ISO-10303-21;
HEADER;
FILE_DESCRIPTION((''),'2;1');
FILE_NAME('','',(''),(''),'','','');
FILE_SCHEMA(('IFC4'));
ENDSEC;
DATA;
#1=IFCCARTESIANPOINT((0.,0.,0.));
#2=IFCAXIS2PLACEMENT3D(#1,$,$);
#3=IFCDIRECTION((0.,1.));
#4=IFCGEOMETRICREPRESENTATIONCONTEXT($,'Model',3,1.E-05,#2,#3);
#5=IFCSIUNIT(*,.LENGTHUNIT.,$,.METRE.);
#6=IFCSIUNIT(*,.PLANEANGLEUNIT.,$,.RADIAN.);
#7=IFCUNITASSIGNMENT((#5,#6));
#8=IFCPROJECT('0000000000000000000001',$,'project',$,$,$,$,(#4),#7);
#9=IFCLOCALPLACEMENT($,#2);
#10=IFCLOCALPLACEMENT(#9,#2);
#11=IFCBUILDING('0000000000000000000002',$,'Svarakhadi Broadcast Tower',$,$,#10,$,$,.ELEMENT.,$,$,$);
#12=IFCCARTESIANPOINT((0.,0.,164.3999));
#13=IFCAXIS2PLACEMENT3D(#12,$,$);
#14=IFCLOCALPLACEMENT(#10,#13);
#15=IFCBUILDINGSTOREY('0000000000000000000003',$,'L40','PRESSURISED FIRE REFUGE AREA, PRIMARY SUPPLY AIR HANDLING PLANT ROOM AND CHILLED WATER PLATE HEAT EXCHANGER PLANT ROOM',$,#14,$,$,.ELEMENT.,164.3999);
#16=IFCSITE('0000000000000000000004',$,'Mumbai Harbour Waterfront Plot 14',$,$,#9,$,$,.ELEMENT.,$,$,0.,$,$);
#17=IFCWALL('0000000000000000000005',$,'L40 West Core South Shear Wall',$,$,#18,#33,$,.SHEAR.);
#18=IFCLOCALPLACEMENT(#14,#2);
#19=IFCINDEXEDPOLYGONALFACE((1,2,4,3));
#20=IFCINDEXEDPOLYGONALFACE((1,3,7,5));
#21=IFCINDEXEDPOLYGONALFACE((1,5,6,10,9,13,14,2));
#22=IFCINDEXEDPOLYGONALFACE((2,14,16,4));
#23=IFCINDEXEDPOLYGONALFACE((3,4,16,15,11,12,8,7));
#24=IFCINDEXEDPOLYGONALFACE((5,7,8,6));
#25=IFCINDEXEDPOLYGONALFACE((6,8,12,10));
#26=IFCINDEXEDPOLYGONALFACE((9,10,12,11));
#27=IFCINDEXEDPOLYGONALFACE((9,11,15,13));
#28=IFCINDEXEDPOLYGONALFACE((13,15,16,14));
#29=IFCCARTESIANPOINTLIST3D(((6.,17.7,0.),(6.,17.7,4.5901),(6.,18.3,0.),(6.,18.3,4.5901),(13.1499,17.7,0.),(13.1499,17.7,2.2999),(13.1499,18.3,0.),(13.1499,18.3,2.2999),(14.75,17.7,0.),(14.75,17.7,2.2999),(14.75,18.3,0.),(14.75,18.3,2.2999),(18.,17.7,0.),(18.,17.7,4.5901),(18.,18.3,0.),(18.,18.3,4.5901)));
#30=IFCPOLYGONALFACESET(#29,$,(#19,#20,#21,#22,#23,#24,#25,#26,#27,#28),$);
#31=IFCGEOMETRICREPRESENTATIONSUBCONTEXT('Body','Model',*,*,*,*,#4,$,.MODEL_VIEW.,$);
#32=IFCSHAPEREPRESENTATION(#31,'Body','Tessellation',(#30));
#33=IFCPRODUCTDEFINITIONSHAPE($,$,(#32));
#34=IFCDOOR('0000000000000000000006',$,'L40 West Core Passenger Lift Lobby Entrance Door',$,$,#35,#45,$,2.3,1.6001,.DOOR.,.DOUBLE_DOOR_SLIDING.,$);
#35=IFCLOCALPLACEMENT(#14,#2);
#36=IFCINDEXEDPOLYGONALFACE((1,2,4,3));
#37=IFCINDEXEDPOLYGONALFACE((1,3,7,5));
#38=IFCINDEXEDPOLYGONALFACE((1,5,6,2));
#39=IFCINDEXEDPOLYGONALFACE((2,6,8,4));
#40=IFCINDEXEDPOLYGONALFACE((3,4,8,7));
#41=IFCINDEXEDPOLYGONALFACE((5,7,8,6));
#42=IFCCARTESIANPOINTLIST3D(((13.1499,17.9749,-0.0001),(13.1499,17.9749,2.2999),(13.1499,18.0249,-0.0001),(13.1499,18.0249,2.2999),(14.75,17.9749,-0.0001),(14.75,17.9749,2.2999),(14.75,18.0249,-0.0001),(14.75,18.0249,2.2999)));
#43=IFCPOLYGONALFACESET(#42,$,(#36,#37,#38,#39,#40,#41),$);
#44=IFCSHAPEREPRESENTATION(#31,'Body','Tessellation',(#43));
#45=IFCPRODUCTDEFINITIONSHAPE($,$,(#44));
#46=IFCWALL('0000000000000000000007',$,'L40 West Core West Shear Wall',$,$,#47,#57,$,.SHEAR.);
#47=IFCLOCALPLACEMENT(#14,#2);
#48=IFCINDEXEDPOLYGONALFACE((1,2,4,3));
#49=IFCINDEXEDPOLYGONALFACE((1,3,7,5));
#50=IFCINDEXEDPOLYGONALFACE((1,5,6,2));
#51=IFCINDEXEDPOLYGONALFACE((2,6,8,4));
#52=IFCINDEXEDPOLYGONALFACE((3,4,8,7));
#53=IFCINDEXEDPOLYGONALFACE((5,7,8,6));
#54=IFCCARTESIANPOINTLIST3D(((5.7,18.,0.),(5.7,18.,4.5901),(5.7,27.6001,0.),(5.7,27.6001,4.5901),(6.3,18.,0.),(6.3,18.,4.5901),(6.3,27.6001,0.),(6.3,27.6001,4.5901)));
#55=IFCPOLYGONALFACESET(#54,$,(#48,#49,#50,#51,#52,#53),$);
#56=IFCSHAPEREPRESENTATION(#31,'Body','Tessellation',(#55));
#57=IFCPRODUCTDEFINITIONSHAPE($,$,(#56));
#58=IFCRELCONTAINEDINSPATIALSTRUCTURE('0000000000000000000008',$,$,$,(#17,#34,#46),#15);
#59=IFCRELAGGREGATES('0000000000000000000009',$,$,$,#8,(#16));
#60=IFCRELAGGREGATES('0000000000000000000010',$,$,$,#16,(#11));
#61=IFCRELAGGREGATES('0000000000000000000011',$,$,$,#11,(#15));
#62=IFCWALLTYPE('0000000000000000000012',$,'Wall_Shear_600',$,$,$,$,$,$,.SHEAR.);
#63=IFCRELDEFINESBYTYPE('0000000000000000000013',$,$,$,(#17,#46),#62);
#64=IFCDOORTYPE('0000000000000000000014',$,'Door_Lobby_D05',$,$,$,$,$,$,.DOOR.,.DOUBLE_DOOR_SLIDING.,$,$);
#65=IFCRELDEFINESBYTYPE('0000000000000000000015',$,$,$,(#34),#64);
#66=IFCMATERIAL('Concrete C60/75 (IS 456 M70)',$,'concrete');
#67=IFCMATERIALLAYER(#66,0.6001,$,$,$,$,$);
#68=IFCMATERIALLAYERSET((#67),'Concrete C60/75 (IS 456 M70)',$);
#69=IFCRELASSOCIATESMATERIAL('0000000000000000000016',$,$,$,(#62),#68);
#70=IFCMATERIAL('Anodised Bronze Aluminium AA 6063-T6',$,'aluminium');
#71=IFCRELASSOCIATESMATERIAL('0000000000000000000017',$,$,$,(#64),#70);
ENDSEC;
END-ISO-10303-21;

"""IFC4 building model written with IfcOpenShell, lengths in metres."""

from ifc_helpers import new_model, si_unit, direction, frame, frame_2d, origin, place, context, subcontext, project, spatial, rectangle, extrude, material, layer, layer_set, type_object, element, fill, save


model = new_model("IFC4")

# Units and contexts
model_context = context("Model", 3, precision=1e-05, world=origin(), true_north=direction((0.0, 1.0)))
body_context = subcontext(model_context, "Body", "Model", "MODEL_VIEW")
ifc_project = project(units=[si_unit("LENGTHUNIT", "METRE"), si_unit("PLANEANGLEUNIT", "RADIAN")], contexts=[model_context])

# Site, building, storey
site_placement = place(None, origin())
site = spatial("IfcSite", under=ifc_project, at=site_placement, Name="Mumbai Harbour Waterfront Plot 14", CompositionType="ELEMENT", RefElevation=0.0)
building_placement = place(site_placement, origin())
building = spatial("IfcBuilding", under=site, at=building_placement, Name="Svarakhadi Broadcast Tower", CompositionType="ELEMENT")
storey_placement = place(building_placement, frame((0.0, 0.0, 164.3999)))
storey = spatial("IfcBuildingStorey", under=building, at=storey_placement, Name="L40", Description="PRESSURISED FIRE REFUGE AREA, PRIMARY SUPPLY AIR HANDLING PLANT ROOM AND CHILLED WATER PLATE HEAT EXCHANGER PLANT ROOM", CompositionType="ELEMENT", Elevation=164.3999)

# Wall, opening, door
ifc_material_1 = material(Name="Concrete C60/75 (IS 456 M70)", Category="concrete")
ifc_layer_1 = layer(ifc_material_1, 0.6001)
ifc_layer_set_1 = layer_set([ifc_layer_1], Name="Concrete C60/75 (IS 456 M70)")
wall_type_1 = type_object("IfcWallType", Name="Wall_Shear_600", PredefinedType="SHEAR", material=ifc_layer_set_1)
wall_1_placement = place(storey_placement, frame((6.0, 18.0, 0.0), z_axis=(0.0, 0.0, 1.0), x_axis=(1.0, 0.0, 0.0)))
wall_1 = element("IfcWall", 1, at=wall_1_placement, inside=storey, type_object=wall_type_1, Name="L40 West Core South Shear Wall", PredefinedType="SHEAR", context=body_context, shape_type="SweptSolid", body=[
    extrude(rectangle(XDim=12.0, YDim=0.6001, at=frame_2d((6.0, 0.0))), origin(), (0.0, 0.0, 1.0), 4.5901),
])
opening_1_placement = place(wall_1_placement, frame((7.1499, 0.0, 0.0)))
opening_1 = element("IfcOpeningElement", 2, at=opening_1_placement, cuts=wall_1, PredefinedType="OPENING", context=body_context, shape_type="SweptSolid", body=[
    extrude(rectangle(XDim=1.6001, YDim=2.3, at=frame_2d((0.8, 1.1499))), frame((0.0, 0.3101, 0.0), z_axis=(0.0, -1.0, 0.0), x_axis=(1.0, 0.0, 0.0)), (0.0, 0.0, 1.0), 0.6201),
])
ifc_material_2 = material(Name="Anodised Bronze Aluminium AA 6063-T6", Category="aluminium")
door_type_1 = type_object("IfcDoorType", Name="Door_Lobby_D05", OperationType="DOUBLE_DOOR_SLIDING", PredefinedType="DOOR", material=ifc_material_2)
door_1_placement = place(opening_1_placement, origin())
door_1 = element("IfcDoor", 3, at=door_1_placement, inside=storey, type_object=door_type_1, Name="L40 West Core Passenger Lift Lobby Entrance Door", OperationType="DOUBLE_DOOR_SLIDING", OverallHeight=2.3, OverallWidth=1.6001, PredefinedType="DOOR", context=body_context, shape_type="SweptSolid", body=[
    extrude(rectangle(XDim=1.6001, YDim=2.3, at=frame_2d((0.8, 1.1499))), frame((0.0, 0.0249, 0.0), z_axis=(0.0, -1.0, 0.0), x_axis=(1.0, 0.0, 0.0)), (0.0, 0.0, 1.0), 0.05),
])
fill(opening_1, door_1)

# Wall
wall_2_placement = place(storey_placement, frame((6.0, 18.0, 0.0), z_axis=(0.0, 0.0, 1.0), x_axis=(0.0, 1.0, 0.0)))
element("IfcWall", 4, at=wall_2_placement, inside=storey, type_object=wall_type_1, Name="L40 West Core West Shear Wall", PredefinedType="SHEAR", context=body_context, shape_type="SweptSolid", body=[
    extrude(rectangle(XDim=9.6001, YDim=0.6001, at=frame_2d((4.8, 0.0))), origin(), (0.0, 0.0, 1.0), 4.5901),
])

save(model, "model.ifc")
